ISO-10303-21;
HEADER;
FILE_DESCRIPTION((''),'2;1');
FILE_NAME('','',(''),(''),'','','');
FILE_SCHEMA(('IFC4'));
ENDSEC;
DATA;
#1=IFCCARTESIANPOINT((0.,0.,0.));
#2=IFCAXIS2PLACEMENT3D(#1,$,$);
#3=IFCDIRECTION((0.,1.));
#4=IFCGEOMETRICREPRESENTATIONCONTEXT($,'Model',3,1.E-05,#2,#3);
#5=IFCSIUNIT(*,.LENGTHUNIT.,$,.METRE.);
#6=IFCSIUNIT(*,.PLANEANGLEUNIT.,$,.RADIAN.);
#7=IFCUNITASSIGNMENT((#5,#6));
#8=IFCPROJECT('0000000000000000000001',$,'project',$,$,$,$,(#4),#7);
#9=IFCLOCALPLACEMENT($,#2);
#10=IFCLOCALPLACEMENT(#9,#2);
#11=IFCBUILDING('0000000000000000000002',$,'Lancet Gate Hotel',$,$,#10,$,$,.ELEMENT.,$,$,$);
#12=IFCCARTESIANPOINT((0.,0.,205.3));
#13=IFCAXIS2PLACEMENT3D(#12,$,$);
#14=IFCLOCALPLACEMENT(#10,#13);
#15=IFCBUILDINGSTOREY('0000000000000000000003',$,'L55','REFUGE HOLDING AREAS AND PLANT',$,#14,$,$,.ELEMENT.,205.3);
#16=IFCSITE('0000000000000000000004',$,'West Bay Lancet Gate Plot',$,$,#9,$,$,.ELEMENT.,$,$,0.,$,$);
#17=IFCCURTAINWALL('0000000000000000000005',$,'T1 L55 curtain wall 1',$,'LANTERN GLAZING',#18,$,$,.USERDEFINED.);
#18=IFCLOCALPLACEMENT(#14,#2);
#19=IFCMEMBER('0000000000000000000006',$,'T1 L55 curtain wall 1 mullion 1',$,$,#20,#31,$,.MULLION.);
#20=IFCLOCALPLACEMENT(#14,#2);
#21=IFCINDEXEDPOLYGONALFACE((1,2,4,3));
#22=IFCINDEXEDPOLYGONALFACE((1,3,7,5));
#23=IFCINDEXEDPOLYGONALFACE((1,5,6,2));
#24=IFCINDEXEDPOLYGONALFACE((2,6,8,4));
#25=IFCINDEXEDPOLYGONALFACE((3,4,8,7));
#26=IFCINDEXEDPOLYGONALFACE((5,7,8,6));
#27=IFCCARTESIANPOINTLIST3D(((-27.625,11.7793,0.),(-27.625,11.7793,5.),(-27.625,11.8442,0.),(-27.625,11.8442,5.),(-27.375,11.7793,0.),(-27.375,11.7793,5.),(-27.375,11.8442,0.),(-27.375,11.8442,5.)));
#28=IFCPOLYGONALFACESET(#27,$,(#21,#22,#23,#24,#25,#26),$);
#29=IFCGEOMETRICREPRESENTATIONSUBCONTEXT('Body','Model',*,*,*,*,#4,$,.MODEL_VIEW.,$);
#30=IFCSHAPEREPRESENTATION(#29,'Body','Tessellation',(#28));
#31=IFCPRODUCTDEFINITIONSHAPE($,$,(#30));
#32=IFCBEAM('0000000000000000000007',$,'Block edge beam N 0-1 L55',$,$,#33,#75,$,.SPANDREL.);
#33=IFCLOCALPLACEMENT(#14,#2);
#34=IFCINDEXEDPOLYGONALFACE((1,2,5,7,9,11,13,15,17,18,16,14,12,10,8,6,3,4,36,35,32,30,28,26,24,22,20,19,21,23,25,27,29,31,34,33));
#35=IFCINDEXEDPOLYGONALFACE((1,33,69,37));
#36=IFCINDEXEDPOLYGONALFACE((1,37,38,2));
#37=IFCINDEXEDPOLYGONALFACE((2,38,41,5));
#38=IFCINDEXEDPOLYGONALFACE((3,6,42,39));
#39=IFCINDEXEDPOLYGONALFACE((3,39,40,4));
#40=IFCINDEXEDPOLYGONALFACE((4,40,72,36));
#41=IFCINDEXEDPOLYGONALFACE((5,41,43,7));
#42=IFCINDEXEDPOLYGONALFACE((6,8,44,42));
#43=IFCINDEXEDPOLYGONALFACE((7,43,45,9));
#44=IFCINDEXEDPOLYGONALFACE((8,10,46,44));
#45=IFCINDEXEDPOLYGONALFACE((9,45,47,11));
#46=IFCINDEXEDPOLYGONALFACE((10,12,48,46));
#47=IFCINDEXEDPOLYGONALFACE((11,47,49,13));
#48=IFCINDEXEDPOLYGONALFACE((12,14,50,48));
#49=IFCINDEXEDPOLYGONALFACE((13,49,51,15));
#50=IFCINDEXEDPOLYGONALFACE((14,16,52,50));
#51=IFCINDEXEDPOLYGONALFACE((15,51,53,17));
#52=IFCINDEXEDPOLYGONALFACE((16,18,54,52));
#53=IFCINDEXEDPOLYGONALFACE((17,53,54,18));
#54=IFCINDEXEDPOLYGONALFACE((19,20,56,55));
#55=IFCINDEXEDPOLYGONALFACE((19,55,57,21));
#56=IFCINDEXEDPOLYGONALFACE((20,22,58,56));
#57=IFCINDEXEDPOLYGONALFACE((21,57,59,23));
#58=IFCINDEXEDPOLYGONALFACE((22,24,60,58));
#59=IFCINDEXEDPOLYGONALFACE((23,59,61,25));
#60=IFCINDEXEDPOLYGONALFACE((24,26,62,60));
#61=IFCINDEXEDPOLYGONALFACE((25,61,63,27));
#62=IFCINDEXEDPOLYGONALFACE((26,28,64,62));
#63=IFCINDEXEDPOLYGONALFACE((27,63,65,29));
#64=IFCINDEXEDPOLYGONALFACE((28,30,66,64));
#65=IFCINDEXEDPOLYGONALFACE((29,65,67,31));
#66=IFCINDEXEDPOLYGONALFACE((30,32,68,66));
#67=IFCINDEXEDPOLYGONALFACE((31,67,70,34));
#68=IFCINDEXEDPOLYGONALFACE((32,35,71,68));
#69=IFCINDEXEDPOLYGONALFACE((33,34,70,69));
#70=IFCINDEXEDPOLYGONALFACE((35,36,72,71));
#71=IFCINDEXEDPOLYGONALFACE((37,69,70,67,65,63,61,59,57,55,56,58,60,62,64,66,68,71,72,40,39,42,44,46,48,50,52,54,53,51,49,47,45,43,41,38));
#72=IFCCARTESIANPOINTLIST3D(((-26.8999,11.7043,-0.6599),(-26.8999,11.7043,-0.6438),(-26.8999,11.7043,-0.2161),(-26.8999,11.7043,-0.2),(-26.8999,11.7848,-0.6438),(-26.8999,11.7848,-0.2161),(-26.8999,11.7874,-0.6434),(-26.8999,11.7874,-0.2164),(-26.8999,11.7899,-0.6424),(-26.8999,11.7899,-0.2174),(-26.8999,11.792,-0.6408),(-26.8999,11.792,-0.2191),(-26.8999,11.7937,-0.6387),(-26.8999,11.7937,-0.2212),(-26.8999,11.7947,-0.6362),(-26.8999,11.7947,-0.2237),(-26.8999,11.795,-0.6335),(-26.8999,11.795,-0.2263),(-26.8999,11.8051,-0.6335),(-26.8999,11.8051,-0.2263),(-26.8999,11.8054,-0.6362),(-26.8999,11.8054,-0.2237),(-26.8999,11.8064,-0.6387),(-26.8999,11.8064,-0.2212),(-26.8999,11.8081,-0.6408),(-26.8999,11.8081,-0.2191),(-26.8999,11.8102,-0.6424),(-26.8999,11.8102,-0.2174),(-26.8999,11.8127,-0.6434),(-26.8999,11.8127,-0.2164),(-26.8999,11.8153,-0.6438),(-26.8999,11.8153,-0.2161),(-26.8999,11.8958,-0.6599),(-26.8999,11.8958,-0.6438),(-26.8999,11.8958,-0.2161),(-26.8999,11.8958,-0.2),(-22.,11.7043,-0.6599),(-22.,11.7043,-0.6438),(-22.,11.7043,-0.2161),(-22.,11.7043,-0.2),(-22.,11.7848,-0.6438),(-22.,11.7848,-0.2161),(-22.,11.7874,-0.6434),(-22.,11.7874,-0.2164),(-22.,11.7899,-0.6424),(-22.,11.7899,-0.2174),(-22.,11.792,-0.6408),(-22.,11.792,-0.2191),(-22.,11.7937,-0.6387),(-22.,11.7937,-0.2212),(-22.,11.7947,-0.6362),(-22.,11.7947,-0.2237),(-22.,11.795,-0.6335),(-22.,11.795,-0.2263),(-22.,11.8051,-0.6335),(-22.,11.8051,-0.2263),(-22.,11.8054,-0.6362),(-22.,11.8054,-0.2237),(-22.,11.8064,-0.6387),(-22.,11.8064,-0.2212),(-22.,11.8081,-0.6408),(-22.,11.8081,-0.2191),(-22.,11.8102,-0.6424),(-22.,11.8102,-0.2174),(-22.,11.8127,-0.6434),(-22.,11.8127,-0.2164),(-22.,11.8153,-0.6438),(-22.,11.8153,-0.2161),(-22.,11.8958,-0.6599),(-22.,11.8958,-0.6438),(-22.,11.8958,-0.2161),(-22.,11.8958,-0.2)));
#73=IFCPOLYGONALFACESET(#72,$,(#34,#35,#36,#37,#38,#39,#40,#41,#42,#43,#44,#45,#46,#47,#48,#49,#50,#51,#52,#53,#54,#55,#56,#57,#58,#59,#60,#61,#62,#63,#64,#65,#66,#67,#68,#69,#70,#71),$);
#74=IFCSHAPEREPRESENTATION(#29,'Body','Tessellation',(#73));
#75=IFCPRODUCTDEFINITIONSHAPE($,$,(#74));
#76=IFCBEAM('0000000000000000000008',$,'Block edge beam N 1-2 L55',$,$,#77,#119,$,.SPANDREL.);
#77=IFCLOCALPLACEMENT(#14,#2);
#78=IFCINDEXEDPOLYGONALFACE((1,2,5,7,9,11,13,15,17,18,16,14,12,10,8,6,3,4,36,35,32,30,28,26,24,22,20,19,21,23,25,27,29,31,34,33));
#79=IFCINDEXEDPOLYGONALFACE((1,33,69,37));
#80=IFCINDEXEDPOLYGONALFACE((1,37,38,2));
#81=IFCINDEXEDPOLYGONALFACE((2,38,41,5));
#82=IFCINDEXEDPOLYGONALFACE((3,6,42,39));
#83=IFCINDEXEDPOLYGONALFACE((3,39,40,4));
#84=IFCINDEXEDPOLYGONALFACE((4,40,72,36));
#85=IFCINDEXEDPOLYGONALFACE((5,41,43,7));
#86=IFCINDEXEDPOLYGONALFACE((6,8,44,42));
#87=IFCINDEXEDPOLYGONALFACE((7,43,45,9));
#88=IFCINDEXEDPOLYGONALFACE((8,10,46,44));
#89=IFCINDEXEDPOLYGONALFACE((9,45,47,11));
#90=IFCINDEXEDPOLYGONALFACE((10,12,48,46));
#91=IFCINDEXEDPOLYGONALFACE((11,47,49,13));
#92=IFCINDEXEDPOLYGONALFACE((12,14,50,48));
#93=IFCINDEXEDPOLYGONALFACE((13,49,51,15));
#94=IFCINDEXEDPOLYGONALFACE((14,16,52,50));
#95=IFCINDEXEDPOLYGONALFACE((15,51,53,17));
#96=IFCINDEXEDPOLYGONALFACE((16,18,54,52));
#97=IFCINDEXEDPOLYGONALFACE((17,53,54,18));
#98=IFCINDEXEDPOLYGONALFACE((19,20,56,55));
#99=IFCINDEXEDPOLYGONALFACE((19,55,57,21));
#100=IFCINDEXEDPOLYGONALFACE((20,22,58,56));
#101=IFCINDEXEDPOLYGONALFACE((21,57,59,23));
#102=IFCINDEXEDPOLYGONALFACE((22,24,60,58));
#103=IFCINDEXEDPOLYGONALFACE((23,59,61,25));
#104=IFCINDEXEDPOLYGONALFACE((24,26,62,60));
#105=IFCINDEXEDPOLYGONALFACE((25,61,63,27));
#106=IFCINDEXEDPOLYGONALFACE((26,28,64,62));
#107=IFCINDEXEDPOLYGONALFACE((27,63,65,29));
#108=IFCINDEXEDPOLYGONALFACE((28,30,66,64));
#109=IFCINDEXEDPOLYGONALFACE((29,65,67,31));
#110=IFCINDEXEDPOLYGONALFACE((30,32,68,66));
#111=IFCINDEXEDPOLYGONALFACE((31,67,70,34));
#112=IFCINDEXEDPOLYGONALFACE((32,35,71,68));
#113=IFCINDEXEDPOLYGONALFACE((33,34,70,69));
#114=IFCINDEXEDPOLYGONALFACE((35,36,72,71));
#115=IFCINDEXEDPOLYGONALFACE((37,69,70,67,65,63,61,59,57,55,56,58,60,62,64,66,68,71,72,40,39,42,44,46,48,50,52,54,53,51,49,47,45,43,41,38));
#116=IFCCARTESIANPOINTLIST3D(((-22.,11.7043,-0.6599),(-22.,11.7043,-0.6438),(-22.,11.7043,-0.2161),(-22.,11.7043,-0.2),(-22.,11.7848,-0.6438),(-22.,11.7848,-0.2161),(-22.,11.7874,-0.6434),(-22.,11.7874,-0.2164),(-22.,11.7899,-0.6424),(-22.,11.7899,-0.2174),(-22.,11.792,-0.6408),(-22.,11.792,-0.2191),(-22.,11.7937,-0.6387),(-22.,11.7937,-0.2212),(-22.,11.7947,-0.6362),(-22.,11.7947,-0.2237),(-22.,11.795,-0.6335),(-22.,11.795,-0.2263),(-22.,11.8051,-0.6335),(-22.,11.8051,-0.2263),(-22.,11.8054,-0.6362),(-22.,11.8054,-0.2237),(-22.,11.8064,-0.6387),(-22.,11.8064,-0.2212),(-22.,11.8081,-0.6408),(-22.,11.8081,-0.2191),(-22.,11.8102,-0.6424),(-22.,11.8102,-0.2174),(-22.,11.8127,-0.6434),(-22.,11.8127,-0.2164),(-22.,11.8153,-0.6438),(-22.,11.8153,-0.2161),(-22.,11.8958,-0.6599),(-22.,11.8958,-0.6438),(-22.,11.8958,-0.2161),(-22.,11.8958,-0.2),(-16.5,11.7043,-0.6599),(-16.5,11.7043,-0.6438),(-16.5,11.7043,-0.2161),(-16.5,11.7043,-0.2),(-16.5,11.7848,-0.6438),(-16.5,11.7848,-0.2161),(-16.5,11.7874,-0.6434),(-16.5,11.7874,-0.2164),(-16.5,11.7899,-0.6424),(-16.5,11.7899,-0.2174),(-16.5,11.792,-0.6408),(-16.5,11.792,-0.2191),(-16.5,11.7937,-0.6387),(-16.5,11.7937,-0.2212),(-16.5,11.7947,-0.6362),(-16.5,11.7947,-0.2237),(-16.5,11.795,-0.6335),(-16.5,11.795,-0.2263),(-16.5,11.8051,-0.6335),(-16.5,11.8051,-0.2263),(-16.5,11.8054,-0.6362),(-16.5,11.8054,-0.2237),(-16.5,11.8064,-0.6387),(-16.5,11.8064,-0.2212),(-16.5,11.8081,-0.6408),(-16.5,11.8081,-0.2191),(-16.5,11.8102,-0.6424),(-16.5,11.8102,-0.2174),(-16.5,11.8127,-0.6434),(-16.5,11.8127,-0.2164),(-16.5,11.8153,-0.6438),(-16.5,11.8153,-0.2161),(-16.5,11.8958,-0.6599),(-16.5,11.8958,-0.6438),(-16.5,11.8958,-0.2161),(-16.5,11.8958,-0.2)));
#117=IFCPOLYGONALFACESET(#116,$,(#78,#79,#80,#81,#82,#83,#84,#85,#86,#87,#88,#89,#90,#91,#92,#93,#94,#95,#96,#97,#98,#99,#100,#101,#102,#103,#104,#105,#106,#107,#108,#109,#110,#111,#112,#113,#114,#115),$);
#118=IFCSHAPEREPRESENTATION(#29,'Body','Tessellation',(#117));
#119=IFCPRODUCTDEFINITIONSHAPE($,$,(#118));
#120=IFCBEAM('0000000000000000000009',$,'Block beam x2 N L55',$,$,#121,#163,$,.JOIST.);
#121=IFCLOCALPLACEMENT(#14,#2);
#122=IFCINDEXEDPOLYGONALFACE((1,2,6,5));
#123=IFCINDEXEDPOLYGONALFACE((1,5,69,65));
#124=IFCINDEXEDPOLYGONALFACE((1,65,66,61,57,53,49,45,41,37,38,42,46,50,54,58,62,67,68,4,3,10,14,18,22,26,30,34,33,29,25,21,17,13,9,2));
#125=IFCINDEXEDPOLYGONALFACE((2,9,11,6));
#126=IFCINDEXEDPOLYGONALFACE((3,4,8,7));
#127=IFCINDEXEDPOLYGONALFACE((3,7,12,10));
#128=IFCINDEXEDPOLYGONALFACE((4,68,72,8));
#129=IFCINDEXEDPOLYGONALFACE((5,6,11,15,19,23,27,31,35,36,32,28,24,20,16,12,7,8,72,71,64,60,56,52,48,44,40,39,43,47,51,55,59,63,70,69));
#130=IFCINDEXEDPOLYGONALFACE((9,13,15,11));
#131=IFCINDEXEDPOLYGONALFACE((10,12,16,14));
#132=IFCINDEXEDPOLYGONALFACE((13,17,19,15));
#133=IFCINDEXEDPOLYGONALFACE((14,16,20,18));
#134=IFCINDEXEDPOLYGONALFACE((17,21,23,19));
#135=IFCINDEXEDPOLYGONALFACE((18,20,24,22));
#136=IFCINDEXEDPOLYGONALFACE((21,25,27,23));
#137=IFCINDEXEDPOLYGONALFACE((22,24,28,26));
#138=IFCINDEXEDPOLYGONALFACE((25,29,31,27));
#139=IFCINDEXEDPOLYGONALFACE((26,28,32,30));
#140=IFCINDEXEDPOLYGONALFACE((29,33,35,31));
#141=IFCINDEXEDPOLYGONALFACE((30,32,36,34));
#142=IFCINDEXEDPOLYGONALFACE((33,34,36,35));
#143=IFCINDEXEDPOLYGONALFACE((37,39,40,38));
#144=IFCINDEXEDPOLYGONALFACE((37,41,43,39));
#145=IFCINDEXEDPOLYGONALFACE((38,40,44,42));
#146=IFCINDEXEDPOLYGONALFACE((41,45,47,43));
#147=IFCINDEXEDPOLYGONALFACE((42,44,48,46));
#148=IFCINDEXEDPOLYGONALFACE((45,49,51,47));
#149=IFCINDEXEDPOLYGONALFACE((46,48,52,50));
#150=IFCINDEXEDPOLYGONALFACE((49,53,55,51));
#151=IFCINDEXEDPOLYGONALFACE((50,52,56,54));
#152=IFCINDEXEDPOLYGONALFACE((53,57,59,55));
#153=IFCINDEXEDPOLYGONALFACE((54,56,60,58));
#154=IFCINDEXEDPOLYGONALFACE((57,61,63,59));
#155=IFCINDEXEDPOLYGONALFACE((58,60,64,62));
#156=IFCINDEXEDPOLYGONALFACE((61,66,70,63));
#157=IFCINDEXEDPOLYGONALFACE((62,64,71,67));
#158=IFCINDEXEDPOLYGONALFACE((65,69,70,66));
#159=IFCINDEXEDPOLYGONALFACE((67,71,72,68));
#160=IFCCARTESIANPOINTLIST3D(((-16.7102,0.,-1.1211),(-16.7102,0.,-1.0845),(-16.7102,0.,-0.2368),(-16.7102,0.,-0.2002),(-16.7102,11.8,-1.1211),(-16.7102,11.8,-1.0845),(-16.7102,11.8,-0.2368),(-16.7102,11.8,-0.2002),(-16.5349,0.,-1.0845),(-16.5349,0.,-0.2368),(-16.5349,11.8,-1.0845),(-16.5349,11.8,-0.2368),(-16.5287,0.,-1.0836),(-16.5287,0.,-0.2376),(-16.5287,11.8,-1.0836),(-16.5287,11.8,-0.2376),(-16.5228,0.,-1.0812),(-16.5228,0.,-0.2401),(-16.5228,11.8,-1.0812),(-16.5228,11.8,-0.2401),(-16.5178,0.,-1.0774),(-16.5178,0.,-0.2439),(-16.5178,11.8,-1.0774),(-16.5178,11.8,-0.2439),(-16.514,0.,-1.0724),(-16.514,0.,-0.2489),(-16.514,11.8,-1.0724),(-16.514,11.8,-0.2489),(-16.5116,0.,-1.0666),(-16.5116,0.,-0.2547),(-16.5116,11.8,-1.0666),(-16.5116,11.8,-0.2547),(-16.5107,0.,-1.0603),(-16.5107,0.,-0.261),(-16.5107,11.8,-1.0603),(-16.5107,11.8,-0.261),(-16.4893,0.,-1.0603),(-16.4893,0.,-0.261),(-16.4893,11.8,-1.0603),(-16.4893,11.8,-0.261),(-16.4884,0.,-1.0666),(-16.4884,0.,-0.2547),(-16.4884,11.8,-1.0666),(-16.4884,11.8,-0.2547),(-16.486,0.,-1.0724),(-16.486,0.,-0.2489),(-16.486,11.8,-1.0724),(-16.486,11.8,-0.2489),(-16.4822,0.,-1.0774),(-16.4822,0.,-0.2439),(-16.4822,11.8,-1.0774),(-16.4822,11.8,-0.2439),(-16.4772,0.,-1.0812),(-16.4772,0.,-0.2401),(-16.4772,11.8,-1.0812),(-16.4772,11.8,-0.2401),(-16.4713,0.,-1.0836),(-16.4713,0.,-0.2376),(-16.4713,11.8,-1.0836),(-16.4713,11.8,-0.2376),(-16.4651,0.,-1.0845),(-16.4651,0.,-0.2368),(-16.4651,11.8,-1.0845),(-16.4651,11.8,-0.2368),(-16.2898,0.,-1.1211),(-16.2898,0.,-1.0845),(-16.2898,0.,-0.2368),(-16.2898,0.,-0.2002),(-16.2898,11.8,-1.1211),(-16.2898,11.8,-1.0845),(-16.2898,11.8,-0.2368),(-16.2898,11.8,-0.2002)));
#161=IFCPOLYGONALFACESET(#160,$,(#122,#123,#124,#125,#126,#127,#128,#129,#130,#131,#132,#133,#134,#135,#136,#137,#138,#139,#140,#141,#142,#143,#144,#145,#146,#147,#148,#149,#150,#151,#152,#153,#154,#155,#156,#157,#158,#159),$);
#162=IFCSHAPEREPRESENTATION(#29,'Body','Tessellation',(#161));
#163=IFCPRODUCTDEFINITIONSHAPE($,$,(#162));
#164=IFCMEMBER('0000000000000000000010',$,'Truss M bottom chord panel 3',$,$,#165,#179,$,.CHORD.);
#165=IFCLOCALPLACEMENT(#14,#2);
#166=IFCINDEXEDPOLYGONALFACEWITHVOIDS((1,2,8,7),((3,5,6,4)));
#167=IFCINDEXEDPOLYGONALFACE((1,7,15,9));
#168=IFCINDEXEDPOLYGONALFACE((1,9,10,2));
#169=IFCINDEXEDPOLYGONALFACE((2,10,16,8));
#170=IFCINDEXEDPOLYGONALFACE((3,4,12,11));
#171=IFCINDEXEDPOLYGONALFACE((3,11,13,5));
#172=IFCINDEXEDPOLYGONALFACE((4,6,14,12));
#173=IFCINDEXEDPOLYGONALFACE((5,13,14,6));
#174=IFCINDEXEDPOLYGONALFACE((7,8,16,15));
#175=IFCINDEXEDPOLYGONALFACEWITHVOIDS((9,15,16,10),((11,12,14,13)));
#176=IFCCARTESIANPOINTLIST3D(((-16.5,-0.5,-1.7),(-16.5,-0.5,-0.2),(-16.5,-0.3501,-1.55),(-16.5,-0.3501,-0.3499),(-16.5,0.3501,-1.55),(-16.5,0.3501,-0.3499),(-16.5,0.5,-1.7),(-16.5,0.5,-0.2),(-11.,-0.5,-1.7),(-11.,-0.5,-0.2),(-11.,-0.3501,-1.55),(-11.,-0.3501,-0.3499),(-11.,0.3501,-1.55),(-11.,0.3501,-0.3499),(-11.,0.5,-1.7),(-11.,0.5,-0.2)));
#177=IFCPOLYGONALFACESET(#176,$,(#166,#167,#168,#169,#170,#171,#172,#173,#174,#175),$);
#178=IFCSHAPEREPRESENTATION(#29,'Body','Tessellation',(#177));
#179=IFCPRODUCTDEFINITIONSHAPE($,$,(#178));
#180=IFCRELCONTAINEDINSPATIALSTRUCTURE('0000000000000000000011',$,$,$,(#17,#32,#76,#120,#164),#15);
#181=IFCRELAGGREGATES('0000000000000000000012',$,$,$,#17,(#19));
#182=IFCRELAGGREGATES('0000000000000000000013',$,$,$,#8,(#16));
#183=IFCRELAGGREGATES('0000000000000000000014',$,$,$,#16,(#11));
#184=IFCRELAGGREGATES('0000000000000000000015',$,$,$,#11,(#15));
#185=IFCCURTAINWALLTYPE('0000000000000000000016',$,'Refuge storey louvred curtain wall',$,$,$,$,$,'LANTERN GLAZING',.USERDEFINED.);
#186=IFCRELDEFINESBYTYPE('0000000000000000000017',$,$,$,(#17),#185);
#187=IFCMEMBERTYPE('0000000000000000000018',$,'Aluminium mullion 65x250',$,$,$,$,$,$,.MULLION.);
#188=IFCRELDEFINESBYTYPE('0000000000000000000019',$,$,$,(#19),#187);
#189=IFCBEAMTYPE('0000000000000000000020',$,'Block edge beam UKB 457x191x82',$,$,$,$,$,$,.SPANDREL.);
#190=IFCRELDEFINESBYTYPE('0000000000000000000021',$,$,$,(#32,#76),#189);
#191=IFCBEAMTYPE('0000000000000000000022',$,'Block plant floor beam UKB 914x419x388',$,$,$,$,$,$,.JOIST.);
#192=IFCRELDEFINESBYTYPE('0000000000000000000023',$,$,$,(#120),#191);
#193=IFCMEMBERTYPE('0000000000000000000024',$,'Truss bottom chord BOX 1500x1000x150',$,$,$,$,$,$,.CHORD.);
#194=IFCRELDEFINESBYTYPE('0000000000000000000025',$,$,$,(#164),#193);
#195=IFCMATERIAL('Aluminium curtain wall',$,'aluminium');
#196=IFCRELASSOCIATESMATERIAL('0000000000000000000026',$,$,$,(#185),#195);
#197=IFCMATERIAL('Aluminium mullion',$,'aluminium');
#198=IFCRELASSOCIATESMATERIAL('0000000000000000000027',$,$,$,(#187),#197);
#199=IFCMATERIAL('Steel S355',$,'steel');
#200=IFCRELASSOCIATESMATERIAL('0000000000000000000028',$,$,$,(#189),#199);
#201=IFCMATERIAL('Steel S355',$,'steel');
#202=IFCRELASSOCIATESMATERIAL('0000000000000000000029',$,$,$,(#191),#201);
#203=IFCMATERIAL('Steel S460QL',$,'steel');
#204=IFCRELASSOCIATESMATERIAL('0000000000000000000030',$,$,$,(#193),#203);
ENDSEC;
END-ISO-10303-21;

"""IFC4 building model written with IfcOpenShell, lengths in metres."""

from ifc_helpers import new_model, si_unit, direction, frame, origin, origin_2d, place, context, subcontext, project, spatial, rectangle, hollow_rectangle, i_section, extrude, material, material_profile, profile_set, type_object, element, aggregate, save


model = new_model("IFC4")

# Units and contexts
model_context = context("Model", 3, precision=1e-05, world=origin(), true_north=direction((0.0, 1.0)))
body_context = subcontext(model_context, "Body", "Model", "MODEL_VIEW")
ifc_project = project(units=[si_unit("LENGTHUNIT", "METRE"), si_unit("PLANEANGLEUNIT", "RADIAN")], contexts=[model_context])

# Site, building, storey
site_placement = place(None, origin())
site = spatial("IfcSite", under=ifc_project, at=site_placement, Name="West Bay Lancet Gate Plot", CompositionType="ELEMENT", RefElevation=0.0)
building_placement = place(site_placement, origin())
building = spatial("IfcBuilding", under=site, at=building_placement, Name="Lancet Gate Hotel", CompositionType="ELEMENT")
storey_placement = place(building_placement, frame((0.0, 0.0, 205.3)))
storey = spatial("IfcBuildingStorey", under=building, at=storey_placement, Name="L55", Description="REFUGE HOLDING AREAS AND PLANT", CompositionType="ELEMENT", Elevation=205.3)

# Curtain wall, member
ifc_material_1 = material(Name="Aluminium curtain wall", Category="aluminium")
curtain_wall_type = type_object("IfcCurtainWallType", Name="Refuge storey louvred curtain wall", ElementType="LANTERN GLAZING", PredefinedType="USERDEFINED", material=ifc_material_1)
curtain_wall_placement = place(storey_placement, origin())
curtain_wall = element("IfcCurtainWall", 1, at=curtain_wall_placement, inside=storey, type_object=curtain_wall_type, Name="T1 L55 curtain wall 1", ObjectType="LANTERN GLAZING", PredefinedType="USERDEFINED")
ifc_material_2 = material(Name="Aluminium mullion", Category="aluminium")
ifc_material_profile_1 = material_profile(ifc_material_2, rectangle(XDim=0.0649, YDim=0.25, at=origin_2d()), Name="MULLION 65x250")
ifc_profile_set_1 = profile_set([ifc_material_profile_1], Name="Aluminium mullion")
member_type_1 = type_object("IfcMemberType", Name="Aluminium mullion 65x250", PredefinedType="MULLION", material=ifc_profile_set_1)
member_1_placement = place(storey_placement, frame((-27.5, 11.8118, 0.0), z_axis=(0.0, 0.0, 1.0), x_axis=(0.0, 1.0, 0.0)))
member_1 = element("IfcMember", 2, at=member_1_placement, type_object=member_type_1, Name="T1 L55 curtain wall 1 mullion 1", PredefinedType="MULLION", context=body_context, shape_type="SweptSolid", body=[
    extrude(rectangle(XDim=0.0649, YDim=0.25, at=origin_2d()), origin(), (0.0, 0.0, 1.0), 5.0),
])
aggregate(curtain_wall, [member_1])

# Beams
ifc_material_3 = material(Name="Steel S355", Category="steel")
ifc_material_profile_2 = material_profile(ifc_material_3, i_section(OverallWidth=0.1914, OverallDepth=0.46, WebThickness=0.01, FlangeThickness=0.0161, FilletRadius=0.0103, at=origin_2d()), Name="UKB 457x191x82")
ifc_profile_set_2 = profile_set([ifc_material_profile_2], Name="Steel S355")
beam_type_1 = type_object("IfcBeamType", Name="Block edge beam UKB 457x191x82", PredefinedType="SPANDREL", material=ifc_profile_set_2)
beam_1_placement = place(storey_placement, frame((-26.8999, 11.8, -0.4299), z_axis=(1.0, 0.0, 0.0), x_axis=(0.0, 1.0, 0.0)))
element("IfcBeam", 3, at=beam_1_placement, inside=storey, type_object=beam_type_1, Name="Block edge beam N 0-1 L55", PredefinedType="SPANDREL", context=body_context, shape_type="SweptSolid", body=[
    extrude(i_section(OverallWidth=0.1914, OverallDepth=0.46, WebThickness=0.01, FlangeThickness=0.0161, FilletRadius=0.0103, at=origin_2d()), origin(), (0.0, 0.0, 1.0), 4.8999),
])
beam_2_placement = place(storey_placement, frame((-22.0, 11.8, -0.4299), z_axis=(1.0, 0.0, 0.0), x_axis=(0.0, 1.0, 0.0)))
element("IfcBeam", 4, at=beam_2_placement, inside=storey, type_object=beam_type_1, Name="Block edge beam N 1-2 L55", PredefinedType="SPANDREL", context=body_context, shape_type="SweptSolid", body=[
    extrude(i_section(OverallWidth=0.1914, OverallDepth=0.46, WebThickness=0.01, FlangeThickness=0.0161, FilletRadius=0.0103, at=origin_2d()), origin(), (0.0, 0.0, 1.0), 5.5),
])
ifc_material_4 = material(Name="Steel S355", Category="steel")
ifc_material_profile_3 = material_profile(ifc_material_4, i_section(OverallWidth=0.4204, OverallDepth=0.9209, WebThickness=0.0215, FlangeThickness=0.0366, FilletRadius=0.0242, at=origin_2d()), Name="UKB 914x419x388")
ifc_profile_set_3 = profile_set([ifc_material_profile_3], Name="Steel S355")
beam_type_2 = type_object("IfcBeamType", Name="Block plant floor beam UKB 914x419x388", PredefinedType="JOIST", material=ifc_profile_set_3)
beam_3_placement = place(storey_placement, frame((-16.5, 0.0, -0.6606), z_axis=(0.0, 1.0, 0.0), x_axis=(-1.0, 0.0, 0.0)))
element("IfcBeam", 5, at=beam_3_placement, inside=storey, type_object=beam_type_2, Name="Block beam x2 N L55", PredefinedType="JOIST", context=body_context, shape_type="SweptSolid", body=[
    extrude(i_section(OverallWidth=0.4204, OverallDepth=0.9209, WebThickness=0.0215, FlangeThickness=0.0366, FilletRadius=0.0242, at=origin_2d()), origin(), (0.0, 0.0, 1.0), 11.8),
])

# Member
ifc_material_5 = material(Name="Steel S460QL", Category="steel")
ifc_material_profile_4 = material_profile(ifc_material_5, hollow_rectangle(XDim=1.0, YDim=1.5, WallThickness=0.1499, at=origin_2d()), Name="BOX 1500x1000x150")
ifc_profile_set_4 = profile_set([ifc_material_profile_4], Name="Steel S460QL")
member_type_2 = type_object("IfcMemberType", Name="Truss bottom chord BOX 1500x1000x150", PredefinedType="CHORD", material=ifc_profile_set_4)
member_2_placement = place(storey_placement, frame((-16.5, 0.0, -0.95), z_axis=(1.0, 0.0, 0.0), x_axis=(0.0, 1.0, 0.0)))
element("IfcMember", 6, at=member_2_placement, inside=storey, type_object=member_type_2, Name="Truss M bottom chord panel 3", PredefinedType="CHORD", context=body_context, shape_type="SweptSolid", body=[
    extrude(hollow_rectangle(XDim=1.0, YDim=1.5, WallThickness=0.1499, at=origin_2d()), origin(), (0.0, 0.0, 1.0), 5.5),
])

save(model, "model.ifc")
